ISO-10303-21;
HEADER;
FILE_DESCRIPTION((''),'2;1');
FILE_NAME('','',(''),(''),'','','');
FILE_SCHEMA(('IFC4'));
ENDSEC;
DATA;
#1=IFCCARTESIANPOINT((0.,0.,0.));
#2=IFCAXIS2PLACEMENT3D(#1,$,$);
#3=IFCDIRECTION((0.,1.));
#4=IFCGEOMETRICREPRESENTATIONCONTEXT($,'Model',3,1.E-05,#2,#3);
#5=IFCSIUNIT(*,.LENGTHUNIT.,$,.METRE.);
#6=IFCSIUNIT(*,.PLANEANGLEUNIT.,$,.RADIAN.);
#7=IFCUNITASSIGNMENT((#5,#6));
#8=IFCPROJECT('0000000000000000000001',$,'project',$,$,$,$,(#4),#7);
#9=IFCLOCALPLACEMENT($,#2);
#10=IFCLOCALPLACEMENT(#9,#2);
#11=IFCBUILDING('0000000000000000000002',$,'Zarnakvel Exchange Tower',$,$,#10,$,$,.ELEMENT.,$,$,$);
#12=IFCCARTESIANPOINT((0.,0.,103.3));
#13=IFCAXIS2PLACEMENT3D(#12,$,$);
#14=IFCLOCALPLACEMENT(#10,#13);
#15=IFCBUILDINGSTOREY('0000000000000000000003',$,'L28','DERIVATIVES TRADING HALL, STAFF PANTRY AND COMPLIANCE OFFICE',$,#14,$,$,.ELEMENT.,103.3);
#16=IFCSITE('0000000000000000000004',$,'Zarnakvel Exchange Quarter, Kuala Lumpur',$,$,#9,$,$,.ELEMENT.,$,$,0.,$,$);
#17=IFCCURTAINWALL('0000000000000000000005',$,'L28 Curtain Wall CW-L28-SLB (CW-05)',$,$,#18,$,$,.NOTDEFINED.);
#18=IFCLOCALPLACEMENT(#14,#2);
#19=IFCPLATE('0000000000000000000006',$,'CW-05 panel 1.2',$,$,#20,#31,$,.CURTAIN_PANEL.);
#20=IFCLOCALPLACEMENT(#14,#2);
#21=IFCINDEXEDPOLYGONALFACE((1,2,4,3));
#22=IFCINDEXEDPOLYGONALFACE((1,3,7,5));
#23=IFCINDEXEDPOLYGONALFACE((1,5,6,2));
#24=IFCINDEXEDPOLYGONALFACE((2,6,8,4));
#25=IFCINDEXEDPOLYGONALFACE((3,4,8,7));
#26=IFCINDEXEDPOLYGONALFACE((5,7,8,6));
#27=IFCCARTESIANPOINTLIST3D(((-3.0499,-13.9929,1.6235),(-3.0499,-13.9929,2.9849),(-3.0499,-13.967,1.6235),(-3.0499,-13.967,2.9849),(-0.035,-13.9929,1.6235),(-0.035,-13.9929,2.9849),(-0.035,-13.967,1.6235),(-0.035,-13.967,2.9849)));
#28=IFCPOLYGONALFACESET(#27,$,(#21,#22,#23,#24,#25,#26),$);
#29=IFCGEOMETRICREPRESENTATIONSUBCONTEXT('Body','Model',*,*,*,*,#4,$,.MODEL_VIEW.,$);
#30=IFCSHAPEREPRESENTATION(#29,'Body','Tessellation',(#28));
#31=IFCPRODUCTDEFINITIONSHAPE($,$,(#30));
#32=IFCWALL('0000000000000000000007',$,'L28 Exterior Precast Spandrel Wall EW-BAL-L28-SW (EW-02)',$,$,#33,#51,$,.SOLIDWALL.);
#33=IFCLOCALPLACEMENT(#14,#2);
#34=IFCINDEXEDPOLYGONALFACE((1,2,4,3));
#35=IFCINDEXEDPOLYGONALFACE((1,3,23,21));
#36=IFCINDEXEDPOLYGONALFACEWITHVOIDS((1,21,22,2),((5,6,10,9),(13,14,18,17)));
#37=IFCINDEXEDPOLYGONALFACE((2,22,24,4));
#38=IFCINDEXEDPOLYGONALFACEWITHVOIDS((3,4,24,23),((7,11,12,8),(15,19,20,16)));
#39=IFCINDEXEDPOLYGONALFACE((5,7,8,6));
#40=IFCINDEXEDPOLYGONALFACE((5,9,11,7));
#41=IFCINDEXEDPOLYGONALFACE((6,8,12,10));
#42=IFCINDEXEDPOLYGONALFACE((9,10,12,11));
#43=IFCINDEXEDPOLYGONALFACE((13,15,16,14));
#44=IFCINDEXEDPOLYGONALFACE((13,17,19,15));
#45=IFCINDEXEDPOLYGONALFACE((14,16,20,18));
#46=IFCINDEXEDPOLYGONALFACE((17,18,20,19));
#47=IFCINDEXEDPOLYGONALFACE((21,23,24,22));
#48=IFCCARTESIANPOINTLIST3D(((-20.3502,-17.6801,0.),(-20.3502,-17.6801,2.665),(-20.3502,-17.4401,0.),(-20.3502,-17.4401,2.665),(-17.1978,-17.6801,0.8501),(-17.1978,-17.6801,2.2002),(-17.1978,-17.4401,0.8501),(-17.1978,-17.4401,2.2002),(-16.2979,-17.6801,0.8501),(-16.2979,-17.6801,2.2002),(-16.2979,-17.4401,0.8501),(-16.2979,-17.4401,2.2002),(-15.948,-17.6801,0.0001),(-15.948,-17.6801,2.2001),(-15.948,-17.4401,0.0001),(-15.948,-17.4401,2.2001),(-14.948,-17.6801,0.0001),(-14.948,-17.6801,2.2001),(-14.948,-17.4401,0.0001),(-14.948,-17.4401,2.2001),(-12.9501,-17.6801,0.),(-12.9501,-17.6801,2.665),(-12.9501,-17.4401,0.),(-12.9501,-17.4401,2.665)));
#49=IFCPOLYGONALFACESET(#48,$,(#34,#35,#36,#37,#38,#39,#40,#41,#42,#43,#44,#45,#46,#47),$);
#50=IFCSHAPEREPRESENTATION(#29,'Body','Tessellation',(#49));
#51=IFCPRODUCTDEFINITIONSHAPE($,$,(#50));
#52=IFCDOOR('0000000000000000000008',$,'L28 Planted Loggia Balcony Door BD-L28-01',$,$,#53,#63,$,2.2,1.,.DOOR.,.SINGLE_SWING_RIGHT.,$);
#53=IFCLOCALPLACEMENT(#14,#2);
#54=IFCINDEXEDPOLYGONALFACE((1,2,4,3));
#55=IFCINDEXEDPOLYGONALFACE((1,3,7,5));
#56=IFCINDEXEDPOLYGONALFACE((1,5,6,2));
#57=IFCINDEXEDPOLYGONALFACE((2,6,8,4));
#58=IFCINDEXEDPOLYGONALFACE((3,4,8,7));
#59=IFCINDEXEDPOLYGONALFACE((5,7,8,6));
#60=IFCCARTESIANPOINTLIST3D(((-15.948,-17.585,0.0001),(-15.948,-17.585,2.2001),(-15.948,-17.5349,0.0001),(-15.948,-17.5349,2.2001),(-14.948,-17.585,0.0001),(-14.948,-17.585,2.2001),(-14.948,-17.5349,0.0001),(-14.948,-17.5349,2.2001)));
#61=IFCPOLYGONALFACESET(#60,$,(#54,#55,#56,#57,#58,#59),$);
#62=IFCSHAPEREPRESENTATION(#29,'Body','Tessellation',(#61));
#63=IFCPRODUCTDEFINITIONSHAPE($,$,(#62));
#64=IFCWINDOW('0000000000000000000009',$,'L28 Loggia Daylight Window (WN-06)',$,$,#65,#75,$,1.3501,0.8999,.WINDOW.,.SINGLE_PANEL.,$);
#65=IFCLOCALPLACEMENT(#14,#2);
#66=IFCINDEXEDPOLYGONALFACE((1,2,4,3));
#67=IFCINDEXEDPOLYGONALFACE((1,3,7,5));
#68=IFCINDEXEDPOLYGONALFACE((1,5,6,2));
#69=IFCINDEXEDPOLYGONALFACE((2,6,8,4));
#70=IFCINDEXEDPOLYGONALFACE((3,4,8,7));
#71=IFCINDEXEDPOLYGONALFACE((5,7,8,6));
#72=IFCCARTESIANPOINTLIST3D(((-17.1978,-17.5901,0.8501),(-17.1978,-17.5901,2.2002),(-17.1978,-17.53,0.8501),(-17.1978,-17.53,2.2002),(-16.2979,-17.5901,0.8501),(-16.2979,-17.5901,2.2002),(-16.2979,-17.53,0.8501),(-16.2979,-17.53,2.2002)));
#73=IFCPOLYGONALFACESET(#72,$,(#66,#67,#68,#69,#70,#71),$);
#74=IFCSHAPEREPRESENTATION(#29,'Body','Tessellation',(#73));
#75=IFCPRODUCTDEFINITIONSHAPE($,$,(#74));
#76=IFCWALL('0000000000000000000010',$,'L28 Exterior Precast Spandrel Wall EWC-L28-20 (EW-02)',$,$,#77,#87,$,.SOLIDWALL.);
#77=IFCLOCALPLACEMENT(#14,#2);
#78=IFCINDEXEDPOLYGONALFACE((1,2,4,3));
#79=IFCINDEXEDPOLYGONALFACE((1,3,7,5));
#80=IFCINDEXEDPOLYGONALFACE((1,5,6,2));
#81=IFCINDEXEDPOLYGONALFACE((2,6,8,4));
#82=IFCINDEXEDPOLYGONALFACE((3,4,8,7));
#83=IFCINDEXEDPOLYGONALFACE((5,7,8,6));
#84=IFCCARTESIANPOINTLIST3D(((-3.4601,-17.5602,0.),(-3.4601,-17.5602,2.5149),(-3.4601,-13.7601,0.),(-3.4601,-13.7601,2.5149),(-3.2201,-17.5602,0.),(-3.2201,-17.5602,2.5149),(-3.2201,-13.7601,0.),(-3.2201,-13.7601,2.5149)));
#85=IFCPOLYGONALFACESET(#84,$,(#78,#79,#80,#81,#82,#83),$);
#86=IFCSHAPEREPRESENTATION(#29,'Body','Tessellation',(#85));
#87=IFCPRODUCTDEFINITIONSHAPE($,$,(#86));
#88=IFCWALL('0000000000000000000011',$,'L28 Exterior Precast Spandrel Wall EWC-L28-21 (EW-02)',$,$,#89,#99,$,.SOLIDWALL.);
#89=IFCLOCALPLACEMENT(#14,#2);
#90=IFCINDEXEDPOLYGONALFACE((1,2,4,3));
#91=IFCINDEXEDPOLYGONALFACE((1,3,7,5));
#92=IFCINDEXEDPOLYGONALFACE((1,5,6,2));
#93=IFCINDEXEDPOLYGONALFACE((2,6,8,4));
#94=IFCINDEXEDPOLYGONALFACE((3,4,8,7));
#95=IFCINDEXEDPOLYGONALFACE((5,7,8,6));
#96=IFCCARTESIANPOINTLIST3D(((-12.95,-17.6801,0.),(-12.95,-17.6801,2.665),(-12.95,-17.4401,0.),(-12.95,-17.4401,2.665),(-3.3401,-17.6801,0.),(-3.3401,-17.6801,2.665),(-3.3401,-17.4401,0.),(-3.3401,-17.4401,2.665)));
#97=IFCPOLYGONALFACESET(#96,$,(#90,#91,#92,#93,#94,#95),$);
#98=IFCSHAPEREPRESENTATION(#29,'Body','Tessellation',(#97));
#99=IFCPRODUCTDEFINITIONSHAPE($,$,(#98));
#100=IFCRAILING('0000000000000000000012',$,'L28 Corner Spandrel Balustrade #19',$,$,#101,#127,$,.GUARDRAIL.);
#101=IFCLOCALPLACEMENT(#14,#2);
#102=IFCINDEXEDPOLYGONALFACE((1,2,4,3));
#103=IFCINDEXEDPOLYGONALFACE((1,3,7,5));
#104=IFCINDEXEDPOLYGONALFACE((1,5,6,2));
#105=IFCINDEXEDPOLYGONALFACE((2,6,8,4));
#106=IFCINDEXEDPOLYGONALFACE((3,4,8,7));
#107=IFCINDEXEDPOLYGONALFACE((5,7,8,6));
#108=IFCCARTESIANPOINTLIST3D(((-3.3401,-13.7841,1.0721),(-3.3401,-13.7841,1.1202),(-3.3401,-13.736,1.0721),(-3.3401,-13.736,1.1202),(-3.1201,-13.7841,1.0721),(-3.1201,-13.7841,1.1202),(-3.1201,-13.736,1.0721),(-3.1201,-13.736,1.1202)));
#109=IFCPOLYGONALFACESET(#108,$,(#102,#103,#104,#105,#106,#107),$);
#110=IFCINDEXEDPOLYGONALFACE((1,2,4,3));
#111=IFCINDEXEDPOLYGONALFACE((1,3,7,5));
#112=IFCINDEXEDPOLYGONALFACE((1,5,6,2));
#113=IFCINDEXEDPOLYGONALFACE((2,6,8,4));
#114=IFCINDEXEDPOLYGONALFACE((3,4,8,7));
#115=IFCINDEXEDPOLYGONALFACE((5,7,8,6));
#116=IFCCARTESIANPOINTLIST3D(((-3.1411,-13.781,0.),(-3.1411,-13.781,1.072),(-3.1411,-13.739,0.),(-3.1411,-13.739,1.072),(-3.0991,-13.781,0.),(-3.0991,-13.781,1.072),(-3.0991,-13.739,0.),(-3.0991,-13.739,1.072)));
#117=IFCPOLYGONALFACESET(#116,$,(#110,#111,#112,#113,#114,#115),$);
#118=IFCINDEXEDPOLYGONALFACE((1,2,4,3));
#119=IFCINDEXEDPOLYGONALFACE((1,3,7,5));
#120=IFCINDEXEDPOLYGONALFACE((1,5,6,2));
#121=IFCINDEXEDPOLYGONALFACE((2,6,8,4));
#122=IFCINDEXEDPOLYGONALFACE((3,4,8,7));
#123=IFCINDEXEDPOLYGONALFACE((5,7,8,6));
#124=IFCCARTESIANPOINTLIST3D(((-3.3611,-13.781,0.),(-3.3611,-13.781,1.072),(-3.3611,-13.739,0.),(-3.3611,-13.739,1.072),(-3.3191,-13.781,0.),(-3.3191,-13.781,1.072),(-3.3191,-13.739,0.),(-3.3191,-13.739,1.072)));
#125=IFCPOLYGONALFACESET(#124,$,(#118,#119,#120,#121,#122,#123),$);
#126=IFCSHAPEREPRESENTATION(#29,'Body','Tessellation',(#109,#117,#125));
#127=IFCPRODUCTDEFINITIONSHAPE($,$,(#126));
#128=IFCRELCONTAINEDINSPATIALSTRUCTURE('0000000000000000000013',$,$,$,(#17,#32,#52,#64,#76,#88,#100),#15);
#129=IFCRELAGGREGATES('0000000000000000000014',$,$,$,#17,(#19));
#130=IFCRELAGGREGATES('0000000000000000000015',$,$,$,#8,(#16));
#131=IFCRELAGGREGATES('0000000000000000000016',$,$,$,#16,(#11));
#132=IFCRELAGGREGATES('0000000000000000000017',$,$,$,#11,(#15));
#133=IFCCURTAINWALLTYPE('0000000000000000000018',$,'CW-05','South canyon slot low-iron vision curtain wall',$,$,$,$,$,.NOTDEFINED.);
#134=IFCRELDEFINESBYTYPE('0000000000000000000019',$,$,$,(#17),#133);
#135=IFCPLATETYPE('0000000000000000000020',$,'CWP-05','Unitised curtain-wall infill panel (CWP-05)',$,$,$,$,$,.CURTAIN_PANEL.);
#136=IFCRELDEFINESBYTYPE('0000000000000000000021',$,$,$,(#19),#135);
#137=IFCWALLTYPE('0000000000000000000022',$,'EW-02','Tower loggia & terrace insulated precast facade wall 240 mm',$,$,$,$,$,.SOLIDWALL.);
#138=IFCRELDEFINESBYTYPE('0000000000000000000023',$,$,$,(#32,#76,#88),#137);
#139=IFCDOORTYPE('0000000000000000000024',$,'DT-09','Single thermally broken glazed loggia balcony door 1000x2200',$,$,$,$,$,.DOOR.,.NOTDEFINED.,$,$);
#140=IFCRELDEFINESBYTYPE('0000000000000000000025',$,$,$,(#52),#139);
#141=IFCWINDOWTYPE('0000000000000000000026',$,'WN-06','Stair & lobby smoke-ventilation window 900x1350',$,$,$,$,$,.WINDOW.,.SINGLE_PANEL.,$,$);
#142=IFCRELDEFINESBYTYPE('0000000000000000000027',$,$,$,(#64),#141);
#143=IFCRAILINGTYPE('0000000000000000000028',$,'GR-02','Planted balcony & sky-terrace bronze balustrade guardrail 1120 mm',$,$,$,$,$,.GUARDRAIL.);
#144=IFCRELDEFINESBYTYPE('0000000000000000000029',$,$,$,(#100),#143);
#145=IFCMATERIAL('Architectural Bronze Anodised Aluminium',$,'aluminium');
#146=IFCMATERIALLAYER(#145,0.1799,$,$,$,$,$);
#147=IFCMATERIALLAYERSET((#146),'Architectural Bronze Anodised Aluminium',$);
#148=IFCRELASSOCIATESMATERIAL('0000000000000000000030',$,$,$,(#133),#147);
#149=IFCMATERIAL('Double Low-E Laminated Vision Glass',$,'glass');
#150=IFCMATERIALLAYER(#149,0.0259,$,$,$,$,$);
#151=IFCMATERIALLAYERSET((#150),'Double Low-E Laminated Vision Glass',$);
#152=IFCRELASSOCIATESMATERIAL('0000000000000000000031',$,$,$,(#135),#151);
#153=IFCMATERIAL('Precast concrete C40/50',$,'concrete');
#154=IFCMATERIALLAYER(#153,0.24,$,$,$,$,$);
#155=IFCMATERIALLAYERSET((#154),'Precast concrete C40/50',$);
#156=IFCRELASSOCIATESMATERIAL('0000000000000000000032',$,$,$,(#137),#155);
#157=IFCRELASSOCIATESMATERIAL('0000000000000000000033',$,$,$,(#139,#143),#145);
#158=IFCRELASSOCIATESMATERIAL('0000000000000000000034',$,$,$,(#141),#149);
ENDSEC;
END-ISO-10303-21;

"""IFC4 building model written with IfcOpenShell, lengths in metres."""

from ifc_helpers import new_model, si_unit, direction, frame, frame_2d, origin, origin_2d, place, context, subcontext, project, spatial, rectangle, extrude, source, transform, mapped, material, layer, layer_set, type_object, element, fill, aggregate, save


model = new_model("IFC4")

# Units and contexts
model_context = context("Model", 3, precision=1e-05, world=origin(), true_north=direction((0.0, 1.0)))
body_context = subcontext(model_context, "Body", "Model", "MODEL_VIEW")
ifc_project = project(units=[si_unit("LENGTHUNIT", "METRE"), si_unit("PLANEANGLEUNIT", "RADIAN")], contexts=[model_context])

# Site, building, storey
site_placement = place(None, origin())
site = spatial("IfcSite", under=ifc_project, at=site_placement, Name="Zarnakvel Exchange Quarter, Kuala Lumpur", CompositionType="ELEMENT", RefElevation=0.0)
building_placement = place(site_placement, origin())
building = spatial("IfcBuilding", under=site, at=building_placement, Name="Zarnakvel Exchange Tower", CompositionType="ELEMENT")
storey_placement = place(building_placement, frame((0.0, 0.0, 103.3)))
storey = spatial("IfcBuildingStorey", under=building, at=storey_placement, Name="L28", Description="DERIVATIVES TRADING HALL, STAFF PANTRY AND COMPLIANCE OFFICE", CompositionType="ELEMENT", Elevation=103.3)

# Curtain wall
ifc_material_1 = material(Name="Architectural Bronze Anodised Aluminium", Category="aluminium")
ifc_layer_1 = layer(ifc_material_1, 0.1799)
ifc_layer_set_1 = layer_set([ifc_layer_1], Name="Architectural Bronze Anodised Aluminium")
curtain_wall_type = type_object("IfcCurtainWallType", Name="CW-05", Description="South canyon slot low-iron vision curtain wall", PredefinedType="NOTDEFINED", material=ifc_layer_set_1)
curtain_wall_1_placement = place(storey_placement, origin())
curtain_wall_1 = element("IfcCurtainWall", 1, at=curtain_wall_1_placement, inside=storey, type_object=curtain_wall_type, Name="L28 Curtain Wall CW-L28-SLB (CW-05)", PredefinedType="NOTDEFINED")

# Plate
ifc_material_2 = material(Name="Double Low-E Laminated Vision Glass", Category="glass")
ifc_layer_2 = layer(ifc_material_2, 0.0259)
ifc_layer_set_2 = layer_set([ifc_layer_2], Name="Double Low-E Laminated Vision Glass")
plate_type = type_object("IfcPlateType", Name="CWP-05", Description="Unitised curtain-wall infill panel (CWP-05)", PredefinedType="CURTAIN_PANEL", material=ifc_layer_set_2)
shared_shape_1 = source(origin(), body_context, "Body", "SweptSolid", [
    extrude(rectangle(XDim=3.0149, YDim=0.0259, at=origin_2d()), origin(), (0.0, 0.0, 1.0), 1.3613),
])
plate_1_placement = place(storey_placement, frame((-1.5425, -13.98, 1.6235), z_axis=(0.0, 0.0, 1.0), x_axis=(1.0, 0.0, 0.0)))
plate_1 = element("IfcPlate", 2, at=plate_1_placement, type_object=plate_type, Name="CW-05 panel 1.2", PredefinedType="CURTAIN_PANEL", context=body_context, shape_type="MappedRepresentation", body=[
    mapped(shared_shape_1, transform((0.0, 0.0, 0.0), x_axis=(1.0, 0.0, 0.0), y_axis=(0.0, 1.0, 0.0), z_axis=(0.0, 0.0, 1.0), scale=1.0)),
])
aggregate(curtain_wall_1, [plate_1])

# Wall, openings, door, window
ifc_material_3 = material(Name="Precast concrete C40/50", Category="concrete")
ifc_layer_3 = layer(ifc_material_3, 0.24)
ifc_layer_set_3 = layer_set([ifc_layer_3], Name="Precast concrete C40/50")
wall_type = type_object("IfcWallType", Name="EW-02", Description="Tower loggia & terrace insulated precast facade wall 240 mm", PredefinedType="SOLIDWALL", material=ifc_layer_set_3)
wall_1_placement = place(storey_placement, frame((-12.95, -17.5601, 0.0), z_axis=(0.0, 0.0, 1.0), x_axis=(-1.0, 0.0, 0.0)))
wall_1 = element("IfcWall", 3, at=wall_1_placement, inside=storey, type_object=wall_type, Name="L28 Exterior Precast Spandrel Wall EW-BAL-L28-SW (EW-02)", PredefinedType="SOLIDWALL", context=body_context, shape_type="SweptSolid", body=[
    extrude(rectangle(XDim=7.4001, YDim=0.24, at=frame_2d((3.7002, 0.0))), origin(), (0.0, 0.0, 1.0), 2.665),
])
opening_1_placement = place(wall_1_placement, frame((1.998, 0.0, 0.0)))
opening_1 = element("IfcOpeningElement", 4, at=opening_1_placement, cuts=wall_1, PredefinedType="OPENING", context=body_context, shape_type="SweptSolid", body=[
    extrude(rectangle(XDim=1.0, YDim=2.2, at=frame_2d((0.5, 1.1001))), frame((0.0, 0.1299, 0.0), z_axis=(0.0, -1.0, 0.0), x_axis=(1.0, 0.0, 0.0)), (0.0, 0.0, 1.0), 0.26),
])
opening_2_placement = place(wall_1_placement, frame((3.3479, 0.0, 0.8501)))
opening_2 = element("IfcOpeningElement", 5, at=opening_2_placement, cuts=wall_1, PredefinedType="OPENING", context=body_context, shape_type="SweptSolid", body=[
    extrude(rectangle(XDim=0.8999, YDim=1.3501, at=frame_2d((0.45, 0.675))), frame((0.0, 0.1299, 0.0), z_axis=(0.0, -1.0, 0.0), x_axis=(1.0, 0.0, 0.0)), (0.0, 0.0, 1.0), 0.26),
])
door_type = type_object("IfcDoorType", Name="DT-09", Description="Single thermally broken glazed loggia balcony door 1000x2200", OperationType="NOTDEFINED", PredefinedType="DOOR", material=ifc_material_1)
shared_shape_2 = source(origin(), body_context, "Body", "SweptSolid", [
    extrude(rectangle(XDim=1.0, YDim=2.2, at=frame_2d((0.5, 1.1001))), frame((0.0, 0.0249, 0.0), z_axis=(0.0, -1.0, 0.0), x_axis=(1.0, 0.0, 0.0)), (0.0, 0.0, 1.0), 0.05),
])
door_placement = place(opening_1_placement, origin())
door = element("IfcDoor", 6, at=door_placement, inside=storey, type_object=door_type, Name="L28 Planted Loggia Balcony Door BD-L28-01", OperationType="SINGLE_SWING_RIGHT", OverallHeight=2.2, OverallWidth=1.0, PredefinedType="DOOR", context=body_context, shape_type="MappedRepresentation", body=[
    mapped(shared_shape_2, transform((0.0, 0.0, 0.0), x_axis=(1.0, 0.0, 0.0), y_axis=(0.0, 1.0, 0.0), z_axis=(0.0, 0.0, 1.0), scale=1.0)),
])
fill(opening_1, door)
window_type = type_object("IfcWindowType", Name="WN-06", Description="Stair & lobby smoke-ventilation window 900x1350", PartitioningType="SINGLE_PANEL", PredefinedType="WINDOW", material=ifc_material_2)
shared_shape_3 = source(origin(), body_context, "Body", "SweptSolid", [
    extrude(rectangle(XDim=0.8999, YDim=1.3501, at=frame_2d((0.45, 0.675))), frame((0.0, 0.03, 0.0), z_axis=(0.0, -1.0, 0.0), x_axis=(1.0, 0.0, 0.0)), (0.0, 0.0, 1.0), 0.0601),
])
window_placement = place(opening_2_placement, origin())
window = element("IfcWindow", 7, at=window_placement, inside=storey, type_object=window_type, Name="L28 Loggia Daylight Window (WN-06)", OverallHeight=1.3501, OverallWidth=0.8999, PartitioningType="SINGLE_PANEL", PredefinedType="WINDOW", context=body_context, shape_type="MappedRepresentation", body=[
    mapped(shared_shape_3, transform((0.0, 0.0, 0.0), x_axis=(1.0, 0.0, 0.0), y_axis=(0.0, 1.0, 0.0), z_axis=(0.0, 0.0, 1.0), scale=1.0)),
])
fill(opening_2, window)

# Walls
wall_2_placement = place(storey_placement, frame((-3.3401, -17.5601, 0.0), z_axis=(0.0, 0.0, 1.0), x_axis=(0.0, 1.0, 0.0)))
element("IfcWall", 8, at=wall_2_placement, inside=storey, type_object=wall_type, Name="L28 Exterior Precast Spandrel Wall EWC-L28-20 (EW-02)", PredefinedType="SOLIDWALL", context=body_context, shape_type="SweptSolid", body=[
    extrude(rectangle(XDim=3.8, YDim=0.24, at=frame_2d((1.8999, 0.0))), origin(), (0.0, 0.0, 1.0), 2.5149),
])
wall_3_placement = place(storey_placement, frame((-12.95, -17.5601, 0.0), z_axis=(0.0, 0.0, 1.0), x_axis=(1.0, 0.0, 0.0)))
element("IfcWall", 9, at=wall_3_placement, inside=storey, type_object=wall_type, Name="L28 Exterior Precast Spandrel Wall EWC-L28-21 (EW-02)", PredefinedType="SOLIDWALL", context=body_context, shape_type="SweptSolid", body=[
    extrude(rectangle(XDim=9.6099, YDim=0.24, at=frame_2d((4.8049, 0.0))), origin(), (0.0, 0.0, 1.0), 2.665),
])

# Railing
railing_type = type_object("IfcRailingType", Name="GR-02", Description="Planted balcony & sky-terrace bronze balustrade guardrail 1120 mm", PredefinedType="GUARDRAIL", material=ifc_material_1)
railing_placement = place(storey_placement, frame((-3.1201, -13.76, 0.0)))
element("IfcRailing", 10, at=railing_placement, inside=storey, type_object=railing_type, Name="L28 Corner Spandrel Balustrade #19", PredefinedType="GUARDRAIL", context=body_context, shape_type="SweptSolid", body=[
    extrude(rectangle(XDim=0.0481, YDim=0.0481, at=origin_2d()), frame((0.0, 0.0, 1.0962), z_axis=(-1.0, 0.0, 0.0), x_axis=(0.0, -1.0, 0.0)), (0.0, 0.0, 1.0), 0.22),
    extrude(rectangle(XDim=0.042, YDim=0.042, at=origin_2d()), origin(), (0.0, 0.0, 1.0), 1.072),
    extrude(rectangle(XDim=0.042, YDim=0.042, at=origin_2d()), frame((-0.22, 0.0, 0.0)), (0.0, 0.0, 1.0), 1.072),
])

save(model, "model.ifc")
